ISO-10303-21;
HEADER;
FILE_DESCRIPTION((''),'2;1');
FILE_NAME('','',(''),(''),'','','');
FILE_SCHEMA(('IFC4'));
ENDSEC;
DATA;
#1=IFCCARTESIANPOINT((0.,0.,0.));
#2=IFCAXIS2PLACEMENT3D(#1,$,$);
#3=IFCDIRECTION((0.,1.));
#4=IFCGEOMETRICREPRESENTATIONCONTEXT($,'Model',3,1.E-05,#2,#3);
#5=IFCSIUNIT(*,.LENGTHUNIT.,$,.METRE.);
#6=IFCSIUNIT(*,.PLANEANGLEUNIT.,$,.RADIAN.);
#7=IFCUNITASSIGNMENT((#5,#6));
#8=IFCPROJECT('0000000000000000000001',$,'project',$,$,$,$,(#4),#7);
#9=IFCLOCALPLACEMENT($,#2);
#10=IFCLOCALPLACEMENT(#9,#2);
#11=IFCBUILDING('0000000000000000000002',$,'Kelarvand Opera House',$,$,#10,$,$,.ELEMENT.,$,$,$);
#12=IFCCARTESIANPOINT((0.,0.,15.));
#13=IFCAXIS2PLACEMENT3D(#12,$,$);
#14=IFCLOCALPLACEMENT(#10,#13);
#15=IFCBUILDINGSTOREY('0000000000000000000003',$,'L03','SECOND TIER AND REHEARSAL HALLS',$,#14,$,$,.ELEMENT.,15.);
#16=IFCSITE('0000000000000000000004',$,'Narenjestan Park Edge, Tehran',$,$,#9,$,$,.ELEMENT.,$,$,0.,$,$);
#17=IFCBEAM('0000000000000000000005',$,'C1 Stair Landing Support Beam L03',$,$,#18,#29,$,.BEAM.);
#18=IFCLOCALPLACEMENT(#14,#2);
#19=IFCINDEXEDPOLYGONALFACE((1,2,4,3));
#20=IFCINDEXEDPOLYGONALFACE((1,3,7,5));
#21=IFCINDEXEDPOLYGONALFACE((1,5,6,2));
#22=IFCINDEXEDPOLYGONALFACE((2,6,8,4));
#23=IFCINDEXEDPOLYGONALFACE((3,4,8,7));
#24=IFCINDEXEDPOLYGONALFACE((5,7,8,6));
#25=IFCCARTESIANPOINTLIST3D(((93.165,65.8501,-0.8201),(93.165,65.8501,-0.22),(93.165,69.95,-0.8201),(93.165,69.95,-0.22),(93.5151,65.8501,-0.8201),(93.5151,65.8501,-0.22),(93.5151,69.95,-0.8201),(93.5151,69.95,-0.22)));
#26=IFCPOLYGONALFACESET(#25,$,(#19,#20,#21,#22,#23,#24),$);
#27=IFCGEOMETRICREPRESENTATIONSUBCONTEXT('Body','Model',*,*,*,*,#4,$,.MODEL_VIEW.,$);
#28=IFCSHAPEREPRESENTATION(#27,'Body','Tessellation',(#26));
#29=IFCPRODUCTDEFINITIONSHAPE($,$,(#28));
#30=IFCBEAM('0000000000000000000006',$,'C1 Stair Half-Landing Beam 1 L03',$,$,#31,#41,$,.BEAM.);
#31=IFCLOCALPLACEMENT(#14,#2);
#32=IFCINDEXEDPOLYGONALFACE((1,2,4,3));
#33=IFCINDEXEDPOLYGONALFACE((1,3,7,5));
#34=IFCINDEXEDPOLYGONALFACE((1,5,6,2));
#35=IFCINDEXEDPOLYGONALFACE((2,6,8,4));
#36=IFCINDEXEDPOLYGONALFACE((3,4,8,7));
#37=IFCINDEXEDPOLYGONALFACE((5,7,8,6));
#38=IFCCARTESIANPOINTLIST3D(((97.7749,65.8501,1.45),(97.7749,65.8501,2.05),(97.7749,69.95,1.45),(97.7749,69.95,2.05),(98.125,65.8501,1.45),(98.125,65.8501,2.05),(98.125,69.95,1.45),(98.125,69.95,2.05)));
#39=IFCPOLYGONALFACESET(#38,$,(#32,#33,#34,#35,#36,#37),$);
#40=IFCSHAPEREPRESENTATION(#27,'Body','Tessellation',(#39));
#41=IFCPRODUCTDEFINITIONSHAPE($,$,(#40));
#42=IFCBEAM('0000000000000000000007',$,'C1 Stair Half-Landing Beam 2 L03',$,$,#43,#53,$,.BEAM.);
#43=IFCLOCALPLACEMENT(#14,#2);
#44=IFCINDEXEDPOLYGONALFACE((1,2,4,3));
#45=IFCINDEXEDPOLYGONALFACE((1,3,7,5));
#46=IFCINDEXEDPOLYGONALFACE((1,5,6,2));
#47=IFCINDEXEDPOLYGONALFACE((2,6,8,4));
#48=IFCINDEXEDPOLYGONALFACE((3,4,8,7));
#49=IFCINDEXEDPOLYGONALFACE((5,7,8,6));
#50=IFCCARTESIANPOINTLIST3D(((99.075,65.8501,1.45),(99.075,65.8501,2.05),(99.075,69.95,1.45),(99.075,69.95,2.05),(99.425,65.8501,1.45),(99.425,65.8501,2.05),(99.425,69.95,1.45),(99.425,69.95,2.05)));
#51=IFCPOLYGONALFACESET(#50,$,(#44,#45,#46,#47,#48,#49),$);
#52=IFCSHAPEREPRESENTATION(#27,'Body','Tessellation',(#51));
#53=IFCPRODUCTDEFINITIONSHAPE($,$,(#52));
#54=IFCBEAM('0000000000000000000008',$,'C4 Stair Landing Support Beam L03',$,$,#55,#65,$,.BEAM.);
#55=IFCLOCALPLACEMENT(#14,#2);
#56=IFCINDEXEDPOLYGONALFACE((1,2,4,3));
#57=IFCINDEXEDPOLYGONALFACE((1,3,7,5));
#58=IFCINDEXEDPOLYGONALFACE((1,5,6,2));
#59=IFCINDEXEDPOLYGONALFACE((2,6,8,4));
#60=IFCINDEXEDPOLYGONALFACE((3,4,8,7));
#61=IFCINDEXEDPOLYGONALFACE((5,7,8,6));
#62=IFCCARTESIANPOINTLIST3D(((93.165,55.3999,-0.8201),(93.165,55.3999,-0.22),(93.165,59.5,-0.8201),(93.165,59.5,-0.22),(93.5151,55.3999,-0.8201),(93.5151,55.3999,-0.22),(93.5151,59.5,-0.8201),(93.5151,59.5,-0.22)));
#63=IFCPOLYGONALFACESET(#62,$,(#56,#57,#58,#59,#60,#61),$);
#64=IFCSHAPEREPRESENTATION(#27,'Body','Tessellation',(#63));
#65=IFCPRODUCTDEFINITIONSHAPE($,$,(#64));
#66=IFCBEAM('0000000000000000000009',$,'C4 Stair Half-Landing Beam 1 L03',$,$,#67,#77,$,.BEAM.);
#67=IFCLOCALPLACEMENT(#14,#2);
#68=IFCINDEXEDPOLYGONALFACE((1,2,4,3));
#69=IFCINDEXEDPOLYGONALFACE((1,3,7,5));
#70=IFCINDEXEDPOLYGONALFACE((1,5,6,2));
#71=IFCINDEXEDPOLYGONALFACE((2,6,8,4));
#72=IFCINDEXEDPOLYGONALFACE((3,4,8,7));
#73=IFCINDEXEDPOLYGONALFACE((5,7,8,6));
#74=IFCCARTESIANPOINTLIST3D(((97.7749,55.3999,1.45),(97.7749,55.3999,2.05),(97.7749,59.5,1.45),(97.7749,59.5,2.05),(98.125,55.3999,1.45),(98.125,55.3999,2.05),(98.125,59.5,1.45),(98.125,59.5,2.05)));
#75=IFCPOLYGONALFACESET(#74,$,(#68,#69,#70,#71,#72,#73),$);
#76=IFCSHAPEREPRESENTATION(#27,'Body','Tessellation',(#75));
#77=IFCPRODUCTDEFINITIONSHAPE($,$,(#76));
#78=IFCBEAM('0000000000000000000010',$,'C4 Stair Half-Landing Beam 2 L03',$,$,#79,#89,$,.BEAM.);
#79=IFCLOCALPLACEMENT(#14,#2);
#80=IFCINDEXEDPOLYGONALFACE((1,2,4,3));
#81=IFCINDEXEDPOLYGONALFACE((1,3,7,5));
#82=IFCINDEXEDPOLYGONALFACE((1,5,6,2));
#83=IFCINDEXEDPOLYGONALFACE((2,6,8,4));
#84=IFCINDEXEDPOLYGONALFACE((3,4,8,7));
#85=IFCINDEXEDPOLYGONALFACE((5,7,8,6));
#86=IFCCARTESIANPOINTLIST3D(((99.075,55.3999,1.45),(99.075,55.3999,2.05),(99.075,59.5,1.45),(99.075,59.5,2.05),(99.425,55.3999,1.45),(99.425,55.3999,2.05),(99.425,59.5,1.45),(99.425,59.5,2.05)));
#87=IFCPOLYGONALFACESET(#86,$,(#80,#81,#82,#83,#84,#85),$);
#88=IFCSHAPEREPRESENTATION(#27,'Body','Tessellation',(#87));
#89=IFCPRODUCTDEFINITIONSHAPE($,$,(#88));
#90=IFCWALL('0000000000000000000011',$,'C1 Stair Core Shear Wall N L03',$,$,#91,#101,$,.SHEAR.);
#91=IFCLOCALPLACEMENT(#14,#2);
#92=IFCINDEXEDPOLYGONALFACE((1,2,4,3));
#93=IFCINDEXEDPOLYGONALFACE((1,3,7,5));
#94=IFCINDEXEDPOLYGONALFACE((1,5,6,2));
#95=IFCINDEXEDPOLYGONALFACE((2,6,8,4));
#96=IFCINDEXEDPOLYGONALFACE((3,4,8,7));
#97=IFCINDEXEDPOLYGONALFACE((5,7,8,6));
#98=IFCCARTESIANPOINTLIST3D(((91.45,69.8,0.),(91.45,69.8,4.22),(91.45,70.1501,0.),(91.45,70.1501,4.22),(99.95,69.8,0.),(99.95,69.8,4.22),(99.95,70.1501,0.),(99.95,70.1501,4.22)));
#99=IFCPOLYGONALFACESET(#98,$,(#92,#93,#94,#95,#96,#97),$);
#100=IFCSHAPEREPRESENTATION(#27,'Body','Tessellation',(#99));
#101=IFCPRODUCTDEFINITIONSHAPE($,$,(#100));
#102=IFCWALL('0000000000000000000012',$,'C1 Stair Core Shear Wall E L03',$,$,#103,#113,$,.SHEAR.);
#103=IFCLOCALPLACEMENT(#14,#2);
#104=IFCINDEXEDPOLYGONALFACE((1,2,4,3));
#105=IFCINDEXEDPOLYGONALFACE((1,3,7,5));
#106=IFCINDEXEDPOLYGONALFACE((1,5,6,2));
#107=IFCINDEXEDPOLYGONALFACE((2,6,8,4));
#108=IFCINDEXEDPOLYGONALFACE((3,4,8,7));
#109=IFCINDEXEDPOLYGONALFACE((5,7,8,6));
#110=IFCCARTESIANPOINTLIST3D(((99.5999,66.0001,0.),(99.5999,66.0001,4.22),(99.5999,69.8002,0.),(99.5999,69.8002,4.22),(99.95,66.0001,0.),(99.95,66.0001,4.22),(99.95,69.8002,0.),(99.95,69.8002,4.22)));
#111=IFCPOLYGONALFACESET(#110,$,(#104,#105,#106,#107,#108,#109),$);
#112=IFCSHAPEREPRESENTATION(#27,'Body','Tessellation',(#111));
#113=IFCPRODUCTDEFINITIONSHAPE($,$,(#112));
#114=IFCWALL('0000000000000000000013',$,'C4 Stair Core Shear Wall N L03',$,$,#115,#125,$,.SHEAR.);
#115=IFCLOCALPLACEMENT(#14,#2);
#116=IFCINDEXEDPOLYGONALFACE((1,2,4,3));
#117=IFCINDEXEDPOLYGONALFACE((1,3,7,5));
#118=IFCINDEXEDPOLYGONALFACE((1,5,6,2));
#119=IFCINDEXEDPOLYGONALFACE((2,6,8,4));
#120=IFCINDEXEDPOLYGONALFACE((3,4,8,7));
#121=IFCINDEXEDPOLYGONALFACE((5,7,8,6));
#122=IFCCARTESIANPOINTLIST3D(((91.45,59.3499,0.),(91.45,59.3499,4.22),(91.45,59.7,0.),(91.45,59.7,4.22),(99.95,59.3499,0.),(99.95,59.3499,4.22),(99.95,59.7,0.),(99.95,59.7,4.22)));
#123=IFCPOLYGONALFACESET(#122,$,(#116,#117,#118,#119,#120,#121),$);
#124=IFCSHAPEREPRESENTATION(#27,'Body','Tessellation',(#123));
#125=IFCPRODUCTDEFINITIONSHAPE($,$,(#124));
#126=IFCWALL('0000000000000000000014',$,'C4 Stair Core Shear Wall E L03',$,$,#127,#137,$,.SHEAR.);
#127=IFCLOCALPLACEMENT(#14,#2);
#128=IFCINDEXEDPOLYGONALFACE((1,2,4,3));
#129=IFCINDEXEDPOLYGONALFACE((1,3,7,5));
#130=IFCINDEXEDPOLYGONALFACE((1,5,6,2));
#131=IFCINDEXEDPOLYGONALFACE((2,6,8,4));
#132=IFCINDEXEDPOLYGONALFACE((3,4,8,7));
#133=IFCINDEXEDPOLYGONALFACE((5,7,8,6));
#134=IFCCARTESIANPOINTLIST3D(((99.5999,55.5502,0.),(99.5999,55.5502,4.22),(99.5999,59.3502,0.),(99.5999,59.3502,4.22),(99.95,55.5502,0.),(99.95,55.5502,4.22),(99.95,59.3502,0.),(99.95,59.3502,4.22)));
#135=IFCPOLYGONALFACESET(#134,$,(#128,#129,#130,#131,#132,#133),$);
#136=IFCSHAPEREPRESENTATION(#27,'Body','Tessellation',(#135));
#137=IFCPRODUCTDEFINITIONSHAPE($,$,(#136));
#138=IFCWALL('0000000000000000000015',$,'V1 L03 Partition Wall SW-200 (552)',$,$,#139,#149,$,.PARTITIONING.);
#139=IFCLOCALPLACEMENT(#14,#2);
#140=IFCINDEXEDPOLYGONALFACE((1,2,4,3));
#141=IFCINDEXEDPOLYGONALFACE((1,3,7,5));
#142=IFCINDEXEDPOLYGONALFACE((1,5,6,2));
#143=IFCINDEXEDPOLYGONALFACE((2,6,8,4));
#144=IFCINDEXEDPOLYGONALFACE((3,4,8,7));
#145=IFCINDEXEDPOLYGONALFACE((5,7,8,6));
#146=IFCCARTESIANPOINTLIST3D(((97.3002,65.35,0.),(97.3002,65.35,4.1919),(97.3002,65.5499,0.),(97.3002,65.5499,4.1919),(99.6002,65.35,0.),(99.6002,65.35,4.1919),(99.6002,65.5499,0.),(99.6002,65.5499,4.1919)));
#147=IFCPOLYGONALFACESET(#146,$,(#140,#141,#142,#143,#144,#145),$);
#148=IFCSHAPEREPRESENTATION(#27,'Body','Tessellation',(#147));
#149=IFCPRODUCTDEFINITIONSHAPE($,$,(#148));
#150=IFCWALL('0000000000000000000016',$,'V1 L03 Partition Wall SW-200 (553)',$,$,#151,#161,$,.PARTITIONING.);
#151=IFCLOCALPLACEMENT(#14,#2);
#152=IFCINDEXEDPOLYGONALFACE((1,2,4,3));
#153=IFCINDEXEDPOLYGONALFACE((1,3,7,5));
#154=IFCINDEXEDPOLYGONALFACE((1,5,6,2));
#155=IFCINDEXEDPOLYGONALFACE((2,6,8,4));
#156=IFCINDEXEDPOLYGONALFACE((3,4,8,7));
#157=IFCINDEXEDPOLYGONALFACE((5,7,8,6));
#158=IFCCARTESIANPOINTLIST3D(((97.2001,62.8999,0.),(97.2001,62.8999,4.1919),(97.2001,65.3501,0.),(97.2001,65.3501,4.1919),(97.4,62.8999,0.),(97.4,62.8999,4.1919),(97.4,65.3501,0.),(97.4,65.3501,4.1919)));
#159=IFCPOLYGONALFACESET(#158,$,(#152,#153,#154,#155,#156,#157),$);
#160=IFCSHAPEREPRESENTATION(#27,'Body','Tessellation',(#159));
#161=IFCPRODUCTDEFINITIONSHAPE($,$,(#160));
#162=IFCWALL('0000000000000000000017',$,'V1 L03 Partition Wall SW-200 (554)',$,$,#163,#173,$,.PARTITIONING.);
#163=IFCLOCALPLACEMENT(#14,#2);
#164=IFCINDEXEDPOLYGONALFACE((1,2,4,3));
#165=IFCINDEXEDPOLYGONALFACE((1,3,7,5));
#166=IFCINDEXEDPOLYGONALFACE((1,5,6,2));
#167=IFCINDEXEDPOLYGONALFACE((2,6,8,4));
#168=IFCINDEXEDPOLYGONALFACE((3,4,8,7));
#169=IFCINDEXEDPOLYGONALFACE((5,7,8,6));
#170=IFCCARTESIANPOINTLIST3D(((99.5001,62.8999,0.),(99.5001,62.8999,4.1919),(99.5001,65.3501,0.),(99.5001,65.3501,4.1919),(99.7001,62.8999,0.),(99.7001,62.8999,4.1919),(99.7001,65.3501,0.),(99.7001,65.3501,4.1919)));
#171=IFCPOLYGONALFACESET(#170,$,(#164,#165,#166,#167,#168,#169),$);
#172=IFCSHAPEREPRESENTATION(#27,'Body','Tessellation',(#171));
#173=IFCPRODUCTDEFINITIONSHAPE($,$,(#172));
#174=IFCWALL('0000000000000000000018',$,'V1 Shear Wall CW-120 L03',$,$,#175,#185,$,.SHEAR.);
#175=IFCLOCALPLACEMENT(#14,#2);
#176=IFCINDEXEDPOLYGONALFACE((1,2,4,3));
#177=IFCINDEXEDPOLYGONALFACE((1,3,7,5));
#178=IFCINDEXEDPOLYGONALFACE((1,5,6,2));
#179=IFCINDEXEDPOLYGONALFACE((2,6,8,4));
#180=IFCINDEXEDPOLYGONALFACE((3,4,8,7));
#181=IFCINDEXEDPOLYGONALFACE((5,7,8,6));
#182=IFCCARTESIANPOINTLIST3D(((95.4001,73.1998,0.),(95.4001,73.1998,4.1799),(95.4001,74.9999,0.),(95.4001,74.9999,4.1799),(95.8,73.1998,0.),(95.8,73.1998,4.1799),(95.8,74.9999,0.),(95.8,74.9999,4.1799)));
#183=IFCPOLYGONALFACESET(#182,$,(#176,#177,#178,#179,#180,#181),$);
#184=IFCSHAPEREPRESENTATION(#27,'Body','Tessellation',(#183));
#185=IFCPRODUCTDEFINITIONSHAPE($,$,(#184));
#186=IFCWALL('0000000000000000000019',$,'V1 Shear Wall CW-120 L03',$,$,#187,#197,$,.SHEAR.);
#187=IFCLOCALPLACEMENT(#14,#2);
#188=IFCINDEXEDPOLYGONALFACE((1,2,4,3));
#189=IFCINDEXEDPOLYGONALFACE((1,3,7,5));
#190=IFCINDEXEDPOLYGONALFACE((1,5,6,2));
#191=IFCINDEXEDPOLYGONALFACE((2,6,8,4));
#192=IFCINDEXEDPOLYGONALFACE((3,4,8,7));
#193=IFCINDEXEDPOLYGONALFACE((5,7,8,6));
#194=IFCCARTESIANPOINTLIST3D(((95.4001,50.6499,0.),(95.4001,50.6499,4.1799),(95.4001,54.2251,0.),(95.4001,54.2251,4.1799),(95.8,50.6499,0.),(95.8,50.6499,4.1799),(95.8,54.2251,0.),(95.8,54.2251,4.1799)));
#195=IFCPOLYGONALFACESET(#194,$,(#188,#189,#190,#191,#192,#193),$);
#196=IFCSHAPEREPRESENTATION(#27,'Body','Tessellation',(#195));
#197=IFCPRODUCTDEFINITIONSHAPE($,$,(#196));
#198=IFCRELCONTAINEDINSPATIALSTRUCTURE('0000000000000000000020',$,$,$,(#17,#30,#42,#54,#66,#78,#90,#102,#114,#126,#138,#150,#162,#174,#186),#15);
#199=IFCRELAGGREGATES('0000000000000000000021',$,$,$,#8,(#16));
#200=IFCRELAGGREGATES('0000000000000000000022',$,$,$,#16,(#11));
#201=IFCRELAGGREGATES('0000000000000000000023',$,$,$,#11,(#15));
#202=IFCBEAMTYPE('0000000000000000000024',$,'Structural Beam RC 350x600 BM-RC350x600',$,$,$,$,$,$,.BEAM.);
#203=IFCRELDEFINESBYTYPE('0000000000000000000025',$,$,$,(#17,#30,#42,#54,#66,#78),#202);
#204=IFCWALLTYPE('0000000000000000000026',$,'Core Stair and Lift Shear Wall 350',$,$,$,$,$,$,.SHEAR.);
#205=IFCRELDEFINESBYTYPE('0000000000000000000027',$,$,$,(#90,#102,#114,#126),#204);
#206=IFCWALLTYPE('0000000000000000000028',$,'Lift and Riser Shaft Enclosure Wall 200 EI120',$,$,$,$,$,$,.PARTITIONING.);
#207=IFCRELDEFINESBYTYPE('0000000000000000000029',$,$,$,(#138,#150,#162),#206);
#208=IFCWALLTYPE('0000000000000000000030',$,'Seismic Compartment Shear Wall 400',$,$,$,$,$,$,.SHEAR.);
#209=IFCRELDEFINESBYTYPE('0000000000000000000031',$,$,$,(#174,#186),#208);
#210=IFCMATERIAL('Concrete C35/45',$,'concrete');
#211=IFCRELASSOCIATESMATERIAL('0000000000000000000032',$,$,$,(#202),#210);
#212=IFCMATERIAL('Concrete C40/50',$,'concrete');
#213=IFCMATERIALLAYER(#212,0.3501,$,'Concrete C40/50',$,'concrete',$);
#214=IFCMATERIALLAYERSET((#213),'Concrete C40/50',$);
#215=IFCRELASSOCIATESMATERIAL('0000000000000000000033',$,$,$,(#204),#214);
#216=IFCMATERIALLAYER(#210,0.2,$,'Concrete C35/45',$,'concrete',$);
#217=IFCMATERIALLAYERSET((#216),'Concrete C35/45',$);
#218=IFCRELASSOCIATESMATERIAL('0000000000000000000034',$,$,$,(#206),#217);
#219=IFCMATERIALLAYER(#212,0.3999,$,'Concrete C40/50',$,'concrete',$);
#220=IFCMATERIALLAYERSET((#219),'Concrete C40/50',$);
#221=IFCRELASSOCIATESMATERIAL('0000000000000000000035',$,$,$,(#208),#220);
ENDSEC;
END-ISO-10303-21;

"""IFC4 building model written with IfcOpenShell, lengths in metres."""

from ifc_helpers import new_model, si_unit, direction, frame, frame_2d, origin, origin_2d, place, context, subcontext, project, spatial, rectangle, extrude, material, layer, layer_set, material_profile, profile_set, type_object, element, save


model = new_model("IFC4")

# Units and contexts
model_context = context("Model", 3, precision=1e-05, world=origin(), true_north=direction((0.0, 1.0)))
body_context = subcontext(model_context, "Body", "Model", "MODEL_VIEW")
ifc_project = project(units=[si_unit("LENGTHUNIT", "METRE"), si_unit("PLANEANGLEUNIT", "RADIAN")], contexts=[model_context])

# Site, building, storey
site_placement = place(None, origin())
site = spatial("IfcSite", under=ifc_project, at=site_placement, Name="Narenjestan Park Edge, Tehran", CompositionType="ELEMENT", RefElevation=0.0)
building_placement = place(site_placement, origin())
building = spatial("IfcBuilding", under=site, at=building_placement, Name="Kelarvand Opera House", CompositionType="ELEMENT")
storey_placement = place(building_placement, frame((0.0, 0.0, 15.0)))
storey = spatial("IfcBuildingStorey", under=building, at=storey_placement, Name="L03", Description="SECOND TIER AND REHEARSAL HALLS", CompositionType="ELEMENT", Elevation=15.0)

# Beams
ifc_material_1 = material(Name="Concrete C35/45", Category="concrete")
ifc_material_profile = material_profile(ifc_material_1, rectangle(XDim=0.3501, YDim=0.6001, at=origin_2d()), Name="RC 350x600", Category="concrete")
ifc_profile_set = profile_set([ifc_material_profile], Name="Concrete C35/45")
beam_type = type_object("IfcBeamType", Name="Structural Beam RC 350x600 BM-RC350x600", PredefinedType="BEAM", material=ifc_profile_set)
for number, where, z_axis, x_axis, name in (
    (1, (93.3401, 65.8501, -0.52), (0.0, 1.0, 0.0), (-1.0, 0.0, 0.0), "C1 Stair Landing Support Beam L03"),
    (2, (97.95, 65.8501, 1.75), (0.0, 1.0, 0.0), (-1.0, 0.0, 0.0), "C1 Stair Half-Landing Beam 1 L03"),
    (3, (99.25, 65.8501, 1.75), (0.0, 1.0, 0.0), (-1.0, 0.0, 0.0), "C1 Stair Half-Landing Beam 2 L03"),
):
    element("IfcBeam", number, at=place(storey_placement, frame(where, z_axis=z_axis, x_axis=x_axis)), inside=storey, type_object=beam_type, Name=name, PredefinedType="BEAM", context=body_context, shape_type="SweptSolid", body=[
        extrude(rectangle(XDim=0.3501, YDim=0.6001, at=origin_2d()), origin(), (0.0, 0.0, 1.0), 4.0999),
    ])
for number, where, z_axis, x_axis, name in (
    (4, (93.3401, 55.3999, -0.52), (0.0, 1.0, 0.0), (-1.0, 0.0, 0.0), "C4 Stair Landing Support Beam L03"),
    (5, (97.95, 55.3999, 1.75), (0.0, 1.0, 0.0), (-1.0, 0.0, 0.0), "C4 Stair Half-Landing Beam 1 L03"),
    (6, (99.25, 55.3999, 1.75), (0.0, 1.0, 0.0), (-1.0, 0.0, 0.0), "C4 Stair Half-Landing Beam 2 L03"),
):
    element("IfcBeam", number, at=place(storey_placement, frame(where, z_axis=z_axis, x_axis=x_axis)), inside=storey, type_object=beam_type, Name=name, PredefinedType="BEAM", context=body_context, shape_type="SweptSolid", body=[
        extrude(rectangle(XDim=0.3501, YDim=0.6001, at=origin_2d()), origin(), (0.0, 0.0, 1.0), 4.1001),
    ])

# Walls
ifc_material_2 = material(Name="Concrete C40/50", Category="concrete")
ifc_layer_1 = layer(ifc_material_2, 0.3501, Name="Concrete C40/50", Category="concrete")
ifc_layer_set_1 = layer_set([ifc_layer_1], Name="Concrete C40/50")
wall_type_1 = type_object("IfcWallType", Name="Core Stair and Lift Shear Wall 350", PredefinedType="SHEAR", material=ifc_layer_set_1)
wall_1_placement = place(storey_placement, frame((99.95, 69.9751, 0.0), z_axis=(0.0, 0.0, 1.0), x_axis=(-1.0, 0.0, 0.0)))
element("IfcWall", 7, at=wall_1_placement, inside=storey, type_object=wall_type_1, Name="C1 Stair Core Shear Wall N L03", PredefinedType="SHEAR", context=body_context, shape_type="SweptSolid", body=[
    extrude(rectangle(XDim=8.5, YDim=0.3501, at=frame_2d((4.25, 0.0))), origin(), (0.0, 0.0, 1.0), 4.22),
])
wall_2_placement = place(storey_placement, frame((99.7749, 69.8, 0.0), z_axis=(0.0, 0.0, 1.0), x_axis=(0.0, -1.0, 0.0)))
element("IfcWall", 8, at=wall_2_placement, inside=storey, type_object=wall_type_1, Name="C1 Stair Core Shear Wall E L03", PredefinedType="SHEAR", context=body_context, shape_type="SweptSolid", body=[
    extrude(rectangle(XDim=3.8, YDim=0.3501, at=frame_2d((1.8999, 0.0))), origin(), (0.0, 0.0, 1.0), 4.22),
])
wall_3_placement = place(storey_placement, frame((99.95, 59.5249, 0.0), z_axis=(0.0, 0.0, 1.0), x_axis=(-1.0, 0.0, 0.0)))
element("IfcWall", 9, at=wall_3_placement, inside=storey, type_object=wall_type_1, Name="C4 Stair Core Shear Wall N L03", PredefinedType="SHEAR", context=body_context, shape_type="SweptSolid", body=[
    extrude(rectangle(XDim=8.5, YDim=0.3501, at=frame_2d((4.25, 0.0))), origin(), (0.0, 0.0, 1.0), 4.22),
])
wall_4_placement = place(storey_placement, frame((99.7749, 59.3501, 0.0), z_axis=(0.0, 0.0, 1.0), x_axis=(0.0, -1.0, 0.0)))
element("IfcWall", 10, at=wall_4_placement, inside=storey, type_object=wall_type_1, Name="C4 Stair Core Shear Wall E L03", PredefinedType="SHEAR", context=body_context, shape_type="SweptSolid", body=[
    extrude(rectangle(XDim=3.8, YDim=0.3501, at=frame_2d((1.8999, 0.0))), origin(), (0.0, 0.0, 1.0), 4.22),
])

# Shared definitions
ifc_layer_2 = layer(ifc_material_1, 0.2, Name="Concrete C35/45", Category="concrete")
ifc_layer_set_2 = layer_set([ifc_layer_2], Name="Concrete C35/45")
wall_type_2 = type_object("IfcWallType", Name="Lift and Riser Shaft Enclosure Wall 200 EI120", PredefinedType="PARTITIONING", material=ifc_layer_set_2)

# Walls
wall_5_placement = place(storey_placement, frame((99.6001, 65.45, 0.0), z_axis=(0.0, 0.0, 1.0), x_axis=(-1.0, 0.0, 0.0)))
element("IfcWall", 11, at=wall_5_placement, inside=storey, type_object=wall_type_2, Name="V1 L03 Partition Wall SW-200 (552)", PredefinedType="PARTITIONING", context=body_context, shape_type="SweptSolid", body=[
    extrude(rectangle(XDim=2.3, YDim=0.2, at=frame_2d((1.1499, 0.0))), origin(), (0.0, 0.0, 1.0), 4.1919),
])
for number, where, z_axis, x_axis, name in (
    (12, (97.3, 62.8999, 0.0), (0.0, 0.0, 1.0), (0.0, 1.0, 0.0), "V1 L03 Partition Wall SW-200 (553)"),
    (13, (99.6001, 65.3501, 0.0), (0.0, 0.0, 1.0), (0.0, -1.0, 0.0), "V1 L03 Partition Wall SW-200 (554)"),
):
    element("IfcWall", number, at=place(storey_placement, frame(where, z_axis=z_axis, x_axis=x_axis)), inside=storey, type_object=wall_type_2, Name=name, PredefinedType="PARTITIONING", context=body_context, shape_type="SweptSolid", body=[
        extrude(rectangle(XDim=2.4502, YDim=0.2, at=frame_2d((1.2251, 0.0))), origin(), (0.0, 0.0, 1.0), 4.1919),
    ])
ifc_layer_3 = layer(ifc_material_2, 0.3999, Name="Concrete C40/50", Category="concrete")
ifc_layer_set_3 = layer_set([ifc_layer_3], Name="Concrete C40/50")
wall_type_3 = type_object("IfcWallType", Name="Seismic Compartment Shear Wall 400", PredefinedType="SHEAR", material=ifc_layer_set_3)
wall_6_placement = place(storey_placement, frame((95.6001, 73.2, 0.0), z_axis=(0.0, 0.0, 1.0), x_axis=(0.0, 1.0, 0.0)))
element("IfcWall", 14, at=wall_6_placement, inside=storey, type_object=wall_type_3, Name="V1 Shear Wall CW-120 L03", PredefinedType="SHEAR", context=body_context, shape_type="SweptSolid", body=[
    extrude(rectangle(XDim=1.8, YDim=0.3999, at=frame_2d((0.8999, 0.0))), origin(), (0.0, 0.0, 1.0), 4.1799),
])
wall_7_placement = place(storey_placement, frame((95.6001, 50.6499, 0.0), z_axis=(0.0, 0.0, 1.0), x_axis=(0.0, 1.0, 0.0)))
element("IfcWall", 15, at=wall_7_placement, inside=storey, type_object=wall_type_3, Name="V1 Shear Wall CW-120 L03", PredefinedType="SHEAR", context=body_context, shape_type="SweptSolid", body=[
    extrude(rectangle(XDim=3.5752, YDim=0.3999, at=frame_2d((1.7876, 0.0))), origin(), (0.0, 0.0, 1.0), 4.1799),
])

save(model, "model.ifc")
